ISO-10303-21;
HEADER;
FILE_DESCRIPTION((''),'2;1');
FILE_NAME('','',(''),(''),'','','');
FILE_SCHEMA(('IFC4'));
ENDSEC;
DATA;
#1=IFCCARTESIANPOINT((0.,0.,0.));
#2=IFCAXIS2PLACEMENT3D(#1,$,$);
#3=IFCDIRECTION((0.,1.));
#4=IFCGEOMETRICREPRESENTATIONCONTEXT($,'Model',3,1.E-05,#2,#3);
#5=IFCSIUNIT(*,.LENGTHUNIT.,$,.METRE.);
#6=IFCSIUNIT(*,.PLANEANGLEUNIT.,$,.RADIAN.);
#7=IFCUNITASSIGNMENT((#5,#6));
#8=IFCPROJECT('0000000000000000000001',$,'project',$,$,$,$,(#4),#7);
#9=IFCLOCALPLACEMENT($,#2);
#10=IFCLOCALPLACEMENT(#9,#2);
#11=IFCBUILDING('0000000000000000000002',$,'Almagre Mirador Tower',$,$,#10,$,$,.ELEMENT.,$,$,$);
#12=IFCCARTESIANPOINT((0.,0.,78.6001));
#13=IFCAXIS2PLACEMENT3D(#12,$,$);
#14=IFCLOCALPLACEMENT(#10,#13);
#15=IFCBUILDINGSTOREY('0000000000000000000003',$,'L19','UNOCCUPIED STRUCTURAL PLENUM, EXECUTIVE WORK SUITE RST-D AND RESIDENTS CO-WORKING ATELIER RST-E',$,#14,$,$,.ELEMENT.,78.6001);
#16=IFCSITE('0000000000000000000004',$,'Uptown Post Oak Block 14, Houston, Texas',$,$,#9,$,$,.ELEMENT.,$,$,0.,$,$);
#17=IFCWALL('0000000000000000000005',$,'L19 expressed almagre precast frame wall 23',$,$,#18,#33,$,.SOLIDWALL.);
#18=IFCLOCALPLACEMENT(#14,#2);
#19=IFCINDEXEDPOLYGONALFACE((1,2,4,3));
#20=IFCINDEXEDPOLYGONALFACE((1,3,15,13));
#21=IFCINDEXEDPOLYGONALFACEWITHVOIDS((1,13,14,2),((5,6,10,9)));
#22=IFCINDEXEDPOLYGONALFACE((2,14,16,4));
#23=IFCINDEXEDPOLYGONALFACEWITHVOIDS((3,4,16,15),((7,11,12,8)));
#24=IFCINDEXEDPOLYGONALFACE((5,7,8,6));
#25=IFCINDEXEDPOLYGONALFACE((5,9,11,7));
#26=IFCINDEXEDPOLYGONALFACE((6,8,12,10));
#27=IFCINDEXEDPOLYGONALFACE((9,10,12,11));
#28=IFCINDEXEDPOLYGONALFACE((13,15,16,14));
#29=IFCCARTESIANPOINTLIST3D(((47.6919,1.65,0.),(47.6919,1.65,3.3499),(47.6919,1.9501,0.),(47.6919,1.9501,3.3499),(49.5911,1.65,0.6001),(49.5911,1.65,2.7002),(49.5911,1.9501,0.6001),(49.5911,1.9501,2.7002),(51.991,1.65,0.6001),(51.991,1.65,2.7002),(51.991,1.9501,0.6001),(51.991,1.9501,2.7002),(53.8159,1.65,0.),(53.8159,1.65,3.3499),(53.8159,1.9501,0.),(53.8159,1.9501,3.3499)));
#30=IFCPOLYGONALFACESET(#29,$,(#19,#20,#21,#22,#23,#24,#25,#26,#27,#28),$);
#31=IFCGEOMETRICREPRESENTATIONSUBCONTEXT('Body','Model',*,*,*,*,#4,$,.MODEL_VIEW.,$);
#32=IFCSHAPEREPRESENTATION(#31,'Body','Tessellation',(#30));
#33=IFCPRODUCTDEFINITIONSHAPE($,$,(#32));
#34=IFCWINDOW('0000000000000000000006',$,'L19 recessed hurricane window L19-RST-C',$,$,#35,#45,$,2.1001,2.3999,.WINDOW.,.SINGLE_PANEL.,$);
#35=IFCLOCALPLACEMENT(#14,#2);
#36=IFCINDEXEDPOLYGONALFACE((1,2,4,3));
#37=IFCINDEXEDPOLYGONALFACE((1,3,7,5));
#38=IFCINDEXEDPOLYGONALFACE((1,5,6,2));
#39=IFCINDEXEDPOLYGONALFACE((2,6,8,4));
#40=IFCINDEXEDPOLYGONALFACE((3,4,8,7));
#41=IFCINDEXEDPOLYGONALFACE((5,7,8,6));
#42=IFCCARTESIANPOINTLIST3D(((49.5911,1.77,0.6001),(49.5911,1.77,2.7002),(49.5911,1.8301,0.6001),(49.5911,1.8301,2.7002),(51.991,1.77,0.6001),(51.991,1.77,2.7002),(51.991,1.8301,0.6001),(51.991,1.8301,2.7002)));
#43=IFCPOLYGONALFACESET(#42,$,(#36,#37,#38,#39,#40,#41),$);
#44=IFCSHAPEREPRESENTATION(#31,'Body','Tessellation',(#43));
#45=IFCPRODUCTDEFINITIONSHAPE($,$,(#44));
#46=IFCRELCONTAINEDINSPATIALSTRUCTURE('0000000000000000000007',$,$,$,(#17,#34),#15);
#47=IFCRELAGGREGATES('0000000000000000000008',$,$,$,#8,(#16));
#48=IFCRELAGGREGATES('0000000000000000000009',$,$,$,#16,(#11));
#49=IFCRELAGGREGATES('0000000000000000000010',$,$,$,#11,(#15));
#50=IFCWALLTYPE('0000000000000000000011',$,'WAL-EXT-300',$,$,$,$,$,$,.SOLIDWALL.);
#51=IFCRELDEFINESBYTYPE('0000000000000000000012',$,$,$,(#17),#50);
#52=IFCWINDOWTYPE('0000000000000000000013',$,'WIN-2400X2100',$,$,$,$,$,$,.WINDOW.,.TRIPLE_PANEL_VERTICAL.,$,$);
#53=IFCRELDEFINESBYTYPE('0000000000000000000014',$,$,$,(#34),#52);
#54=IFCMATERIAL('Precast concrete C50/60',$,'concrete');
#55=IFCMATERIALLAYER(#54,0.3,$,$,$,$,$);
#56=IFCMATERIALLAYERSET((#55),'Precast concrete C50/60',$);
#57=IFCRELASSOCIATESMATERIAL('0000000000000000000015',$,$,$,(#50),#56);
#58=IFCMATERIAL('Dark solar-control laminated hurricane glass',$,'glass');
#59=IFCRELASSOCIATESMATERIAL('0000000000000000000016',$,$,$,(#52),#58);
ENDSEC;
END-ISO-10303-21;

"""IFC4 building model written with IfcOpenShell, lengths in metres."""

from ifc_helpers import new_model, si_unit, direction, frame, frame_2d, origin, place, context, subcontext, project, spatial, rectangle, extrude, material, layer, layer_set, type_object, element, fill, save


model = new_model("IFC4")

# Units and contexts
model_context = context("Model", 3, precision=1e-05, world=origin(), true_north=direction((0.0, 1.0)))
body_context = subcontext(model_context, "Body", "Model", "MODEL_VIEW")
ifc_project = project(units=[si_unit("LENGTHUNIT", "METRE"), si_unit("PLANEANGLEUNIT", "RADIAN")], contexts=[model_context])

# Site, building, storey
site_placement = place(None, origin())
site = spatial("IfcSite", under=ifc_project, at=site_placement, Name="Uptown Post Oak Block 14, Houston, Texas", CompositionType="ELEMENT", RefElevation=0.0)
building_placement = place(site_placement, origin())
building = spatial("IfcBuilding", under=site, at=building_placement, Name="Almagre Mirador Tower", CompositionType="ELEMENT")
storey_placement = place(building_placement, frame((0.0, 0.0, 78.6001)))
storey = spatial("IfcBuildingStorey", under=building, at=storey_placement, Name="L19", Description="UNOCCUPIED STRUCTURAL PLENUM, EXECUTIVE WORK SUITE RST-D AND RESIDENTS CO-WORKING ATELIER RST-E", CompositionType="ELEMENT", Elevation=78.6001)

# Shared definitions
ifc_material_1 = material(Name="Precast concrete C50/60", Category="concrete")
ifc_layer = layer(ifc_material_1, 0.3)
ifc_layer_set = layer_set([ifc_layer], Name="Precast concrete C50/60")
wall_type = type_object("IfcWallType", Name="WAL-EXT-300", PredefinedType="SOLIDWALL", material=ifc_layer_set)
ifc_material_2 = material(Name="Dark solar-control laminated hurricane glass", Category="glass")
window_type_1 = type_object("IfcWindowType", Name="WIN-2400X2100", PartitioningType="TRIPLE_PANEL_VERTICAL", PredefinedType="WINDOW", material=ifc_material_2)

# Wall, opening, window
wall_1_placement = place(storey_placement, frame((53.8159, 1.8, 0.0), z_axis=(0.0, 0.0, 1.0), x_axis=(-1.0, 0.0, 0.0)))
wall_1 = element("IfcWall", 1, at=wall_1_placement, inside=storey, type_object=wall_type, Name="L19 expressed almagre precast frame wall 23", PredefinedType="SOLIDWALL", context=body_context, shape_type="SweptSolid", body=[
    extrude(rectangle(XDim=6.124, YDim=0.3, at=frame_2d((3.062, 0.0))), origin(), (0.0, 0.0, 1.0), 3.3499),
])
opening_1_placement = place(wall_1_placement, frame((1.825, 0.0, 0.6001)))
opening_1 = element("IfcOpeningElement", 2, at=opening_1_placement, cuts=wall_1, PredefinedType="OPENING", context=body_context, shape_type="SweptSolid", body=[
    extrude(rectangle(XDim=2.3999, YDim=2.1001, at=frame_2d((1.2, 1.05))), frame((0.0, 0.1599, 0.0), z_axis=(0.0, -1.0, 0.0), x_axis=(1.0, 0.0, 0.0)), (0.0, 0.0, 1.0), 0.32),
])
window_1_placement = place(opening_1_placement, origin())
window_1 = element("IfcWindow", 3, at=window_1_placement, inside=storey, type_object=window_type_1, Name="L19 recessed hurricane window L19-RST-C", OverallHeight=2.1001, OverallWidth=2.3999, PartitioningType="SINGLE_PANEL", PredefinedType="WINDOW", context=body_context, shape_type="SweptSolid", body=[
    extrude(rectangle(XDim=2.3999, YDim=2.1001, at=frame_2d((1.2, 1.05))), frame((0.0, 0.03, 0.0), z_axis=(0.0, -1.0, 0.0), x_axis=(1.0, 0.0, 0.0)), (0.0, 0.0, 1.0), 0.0601),
])
fill(opening_1, window_1)

save(model, "model.ifc")
